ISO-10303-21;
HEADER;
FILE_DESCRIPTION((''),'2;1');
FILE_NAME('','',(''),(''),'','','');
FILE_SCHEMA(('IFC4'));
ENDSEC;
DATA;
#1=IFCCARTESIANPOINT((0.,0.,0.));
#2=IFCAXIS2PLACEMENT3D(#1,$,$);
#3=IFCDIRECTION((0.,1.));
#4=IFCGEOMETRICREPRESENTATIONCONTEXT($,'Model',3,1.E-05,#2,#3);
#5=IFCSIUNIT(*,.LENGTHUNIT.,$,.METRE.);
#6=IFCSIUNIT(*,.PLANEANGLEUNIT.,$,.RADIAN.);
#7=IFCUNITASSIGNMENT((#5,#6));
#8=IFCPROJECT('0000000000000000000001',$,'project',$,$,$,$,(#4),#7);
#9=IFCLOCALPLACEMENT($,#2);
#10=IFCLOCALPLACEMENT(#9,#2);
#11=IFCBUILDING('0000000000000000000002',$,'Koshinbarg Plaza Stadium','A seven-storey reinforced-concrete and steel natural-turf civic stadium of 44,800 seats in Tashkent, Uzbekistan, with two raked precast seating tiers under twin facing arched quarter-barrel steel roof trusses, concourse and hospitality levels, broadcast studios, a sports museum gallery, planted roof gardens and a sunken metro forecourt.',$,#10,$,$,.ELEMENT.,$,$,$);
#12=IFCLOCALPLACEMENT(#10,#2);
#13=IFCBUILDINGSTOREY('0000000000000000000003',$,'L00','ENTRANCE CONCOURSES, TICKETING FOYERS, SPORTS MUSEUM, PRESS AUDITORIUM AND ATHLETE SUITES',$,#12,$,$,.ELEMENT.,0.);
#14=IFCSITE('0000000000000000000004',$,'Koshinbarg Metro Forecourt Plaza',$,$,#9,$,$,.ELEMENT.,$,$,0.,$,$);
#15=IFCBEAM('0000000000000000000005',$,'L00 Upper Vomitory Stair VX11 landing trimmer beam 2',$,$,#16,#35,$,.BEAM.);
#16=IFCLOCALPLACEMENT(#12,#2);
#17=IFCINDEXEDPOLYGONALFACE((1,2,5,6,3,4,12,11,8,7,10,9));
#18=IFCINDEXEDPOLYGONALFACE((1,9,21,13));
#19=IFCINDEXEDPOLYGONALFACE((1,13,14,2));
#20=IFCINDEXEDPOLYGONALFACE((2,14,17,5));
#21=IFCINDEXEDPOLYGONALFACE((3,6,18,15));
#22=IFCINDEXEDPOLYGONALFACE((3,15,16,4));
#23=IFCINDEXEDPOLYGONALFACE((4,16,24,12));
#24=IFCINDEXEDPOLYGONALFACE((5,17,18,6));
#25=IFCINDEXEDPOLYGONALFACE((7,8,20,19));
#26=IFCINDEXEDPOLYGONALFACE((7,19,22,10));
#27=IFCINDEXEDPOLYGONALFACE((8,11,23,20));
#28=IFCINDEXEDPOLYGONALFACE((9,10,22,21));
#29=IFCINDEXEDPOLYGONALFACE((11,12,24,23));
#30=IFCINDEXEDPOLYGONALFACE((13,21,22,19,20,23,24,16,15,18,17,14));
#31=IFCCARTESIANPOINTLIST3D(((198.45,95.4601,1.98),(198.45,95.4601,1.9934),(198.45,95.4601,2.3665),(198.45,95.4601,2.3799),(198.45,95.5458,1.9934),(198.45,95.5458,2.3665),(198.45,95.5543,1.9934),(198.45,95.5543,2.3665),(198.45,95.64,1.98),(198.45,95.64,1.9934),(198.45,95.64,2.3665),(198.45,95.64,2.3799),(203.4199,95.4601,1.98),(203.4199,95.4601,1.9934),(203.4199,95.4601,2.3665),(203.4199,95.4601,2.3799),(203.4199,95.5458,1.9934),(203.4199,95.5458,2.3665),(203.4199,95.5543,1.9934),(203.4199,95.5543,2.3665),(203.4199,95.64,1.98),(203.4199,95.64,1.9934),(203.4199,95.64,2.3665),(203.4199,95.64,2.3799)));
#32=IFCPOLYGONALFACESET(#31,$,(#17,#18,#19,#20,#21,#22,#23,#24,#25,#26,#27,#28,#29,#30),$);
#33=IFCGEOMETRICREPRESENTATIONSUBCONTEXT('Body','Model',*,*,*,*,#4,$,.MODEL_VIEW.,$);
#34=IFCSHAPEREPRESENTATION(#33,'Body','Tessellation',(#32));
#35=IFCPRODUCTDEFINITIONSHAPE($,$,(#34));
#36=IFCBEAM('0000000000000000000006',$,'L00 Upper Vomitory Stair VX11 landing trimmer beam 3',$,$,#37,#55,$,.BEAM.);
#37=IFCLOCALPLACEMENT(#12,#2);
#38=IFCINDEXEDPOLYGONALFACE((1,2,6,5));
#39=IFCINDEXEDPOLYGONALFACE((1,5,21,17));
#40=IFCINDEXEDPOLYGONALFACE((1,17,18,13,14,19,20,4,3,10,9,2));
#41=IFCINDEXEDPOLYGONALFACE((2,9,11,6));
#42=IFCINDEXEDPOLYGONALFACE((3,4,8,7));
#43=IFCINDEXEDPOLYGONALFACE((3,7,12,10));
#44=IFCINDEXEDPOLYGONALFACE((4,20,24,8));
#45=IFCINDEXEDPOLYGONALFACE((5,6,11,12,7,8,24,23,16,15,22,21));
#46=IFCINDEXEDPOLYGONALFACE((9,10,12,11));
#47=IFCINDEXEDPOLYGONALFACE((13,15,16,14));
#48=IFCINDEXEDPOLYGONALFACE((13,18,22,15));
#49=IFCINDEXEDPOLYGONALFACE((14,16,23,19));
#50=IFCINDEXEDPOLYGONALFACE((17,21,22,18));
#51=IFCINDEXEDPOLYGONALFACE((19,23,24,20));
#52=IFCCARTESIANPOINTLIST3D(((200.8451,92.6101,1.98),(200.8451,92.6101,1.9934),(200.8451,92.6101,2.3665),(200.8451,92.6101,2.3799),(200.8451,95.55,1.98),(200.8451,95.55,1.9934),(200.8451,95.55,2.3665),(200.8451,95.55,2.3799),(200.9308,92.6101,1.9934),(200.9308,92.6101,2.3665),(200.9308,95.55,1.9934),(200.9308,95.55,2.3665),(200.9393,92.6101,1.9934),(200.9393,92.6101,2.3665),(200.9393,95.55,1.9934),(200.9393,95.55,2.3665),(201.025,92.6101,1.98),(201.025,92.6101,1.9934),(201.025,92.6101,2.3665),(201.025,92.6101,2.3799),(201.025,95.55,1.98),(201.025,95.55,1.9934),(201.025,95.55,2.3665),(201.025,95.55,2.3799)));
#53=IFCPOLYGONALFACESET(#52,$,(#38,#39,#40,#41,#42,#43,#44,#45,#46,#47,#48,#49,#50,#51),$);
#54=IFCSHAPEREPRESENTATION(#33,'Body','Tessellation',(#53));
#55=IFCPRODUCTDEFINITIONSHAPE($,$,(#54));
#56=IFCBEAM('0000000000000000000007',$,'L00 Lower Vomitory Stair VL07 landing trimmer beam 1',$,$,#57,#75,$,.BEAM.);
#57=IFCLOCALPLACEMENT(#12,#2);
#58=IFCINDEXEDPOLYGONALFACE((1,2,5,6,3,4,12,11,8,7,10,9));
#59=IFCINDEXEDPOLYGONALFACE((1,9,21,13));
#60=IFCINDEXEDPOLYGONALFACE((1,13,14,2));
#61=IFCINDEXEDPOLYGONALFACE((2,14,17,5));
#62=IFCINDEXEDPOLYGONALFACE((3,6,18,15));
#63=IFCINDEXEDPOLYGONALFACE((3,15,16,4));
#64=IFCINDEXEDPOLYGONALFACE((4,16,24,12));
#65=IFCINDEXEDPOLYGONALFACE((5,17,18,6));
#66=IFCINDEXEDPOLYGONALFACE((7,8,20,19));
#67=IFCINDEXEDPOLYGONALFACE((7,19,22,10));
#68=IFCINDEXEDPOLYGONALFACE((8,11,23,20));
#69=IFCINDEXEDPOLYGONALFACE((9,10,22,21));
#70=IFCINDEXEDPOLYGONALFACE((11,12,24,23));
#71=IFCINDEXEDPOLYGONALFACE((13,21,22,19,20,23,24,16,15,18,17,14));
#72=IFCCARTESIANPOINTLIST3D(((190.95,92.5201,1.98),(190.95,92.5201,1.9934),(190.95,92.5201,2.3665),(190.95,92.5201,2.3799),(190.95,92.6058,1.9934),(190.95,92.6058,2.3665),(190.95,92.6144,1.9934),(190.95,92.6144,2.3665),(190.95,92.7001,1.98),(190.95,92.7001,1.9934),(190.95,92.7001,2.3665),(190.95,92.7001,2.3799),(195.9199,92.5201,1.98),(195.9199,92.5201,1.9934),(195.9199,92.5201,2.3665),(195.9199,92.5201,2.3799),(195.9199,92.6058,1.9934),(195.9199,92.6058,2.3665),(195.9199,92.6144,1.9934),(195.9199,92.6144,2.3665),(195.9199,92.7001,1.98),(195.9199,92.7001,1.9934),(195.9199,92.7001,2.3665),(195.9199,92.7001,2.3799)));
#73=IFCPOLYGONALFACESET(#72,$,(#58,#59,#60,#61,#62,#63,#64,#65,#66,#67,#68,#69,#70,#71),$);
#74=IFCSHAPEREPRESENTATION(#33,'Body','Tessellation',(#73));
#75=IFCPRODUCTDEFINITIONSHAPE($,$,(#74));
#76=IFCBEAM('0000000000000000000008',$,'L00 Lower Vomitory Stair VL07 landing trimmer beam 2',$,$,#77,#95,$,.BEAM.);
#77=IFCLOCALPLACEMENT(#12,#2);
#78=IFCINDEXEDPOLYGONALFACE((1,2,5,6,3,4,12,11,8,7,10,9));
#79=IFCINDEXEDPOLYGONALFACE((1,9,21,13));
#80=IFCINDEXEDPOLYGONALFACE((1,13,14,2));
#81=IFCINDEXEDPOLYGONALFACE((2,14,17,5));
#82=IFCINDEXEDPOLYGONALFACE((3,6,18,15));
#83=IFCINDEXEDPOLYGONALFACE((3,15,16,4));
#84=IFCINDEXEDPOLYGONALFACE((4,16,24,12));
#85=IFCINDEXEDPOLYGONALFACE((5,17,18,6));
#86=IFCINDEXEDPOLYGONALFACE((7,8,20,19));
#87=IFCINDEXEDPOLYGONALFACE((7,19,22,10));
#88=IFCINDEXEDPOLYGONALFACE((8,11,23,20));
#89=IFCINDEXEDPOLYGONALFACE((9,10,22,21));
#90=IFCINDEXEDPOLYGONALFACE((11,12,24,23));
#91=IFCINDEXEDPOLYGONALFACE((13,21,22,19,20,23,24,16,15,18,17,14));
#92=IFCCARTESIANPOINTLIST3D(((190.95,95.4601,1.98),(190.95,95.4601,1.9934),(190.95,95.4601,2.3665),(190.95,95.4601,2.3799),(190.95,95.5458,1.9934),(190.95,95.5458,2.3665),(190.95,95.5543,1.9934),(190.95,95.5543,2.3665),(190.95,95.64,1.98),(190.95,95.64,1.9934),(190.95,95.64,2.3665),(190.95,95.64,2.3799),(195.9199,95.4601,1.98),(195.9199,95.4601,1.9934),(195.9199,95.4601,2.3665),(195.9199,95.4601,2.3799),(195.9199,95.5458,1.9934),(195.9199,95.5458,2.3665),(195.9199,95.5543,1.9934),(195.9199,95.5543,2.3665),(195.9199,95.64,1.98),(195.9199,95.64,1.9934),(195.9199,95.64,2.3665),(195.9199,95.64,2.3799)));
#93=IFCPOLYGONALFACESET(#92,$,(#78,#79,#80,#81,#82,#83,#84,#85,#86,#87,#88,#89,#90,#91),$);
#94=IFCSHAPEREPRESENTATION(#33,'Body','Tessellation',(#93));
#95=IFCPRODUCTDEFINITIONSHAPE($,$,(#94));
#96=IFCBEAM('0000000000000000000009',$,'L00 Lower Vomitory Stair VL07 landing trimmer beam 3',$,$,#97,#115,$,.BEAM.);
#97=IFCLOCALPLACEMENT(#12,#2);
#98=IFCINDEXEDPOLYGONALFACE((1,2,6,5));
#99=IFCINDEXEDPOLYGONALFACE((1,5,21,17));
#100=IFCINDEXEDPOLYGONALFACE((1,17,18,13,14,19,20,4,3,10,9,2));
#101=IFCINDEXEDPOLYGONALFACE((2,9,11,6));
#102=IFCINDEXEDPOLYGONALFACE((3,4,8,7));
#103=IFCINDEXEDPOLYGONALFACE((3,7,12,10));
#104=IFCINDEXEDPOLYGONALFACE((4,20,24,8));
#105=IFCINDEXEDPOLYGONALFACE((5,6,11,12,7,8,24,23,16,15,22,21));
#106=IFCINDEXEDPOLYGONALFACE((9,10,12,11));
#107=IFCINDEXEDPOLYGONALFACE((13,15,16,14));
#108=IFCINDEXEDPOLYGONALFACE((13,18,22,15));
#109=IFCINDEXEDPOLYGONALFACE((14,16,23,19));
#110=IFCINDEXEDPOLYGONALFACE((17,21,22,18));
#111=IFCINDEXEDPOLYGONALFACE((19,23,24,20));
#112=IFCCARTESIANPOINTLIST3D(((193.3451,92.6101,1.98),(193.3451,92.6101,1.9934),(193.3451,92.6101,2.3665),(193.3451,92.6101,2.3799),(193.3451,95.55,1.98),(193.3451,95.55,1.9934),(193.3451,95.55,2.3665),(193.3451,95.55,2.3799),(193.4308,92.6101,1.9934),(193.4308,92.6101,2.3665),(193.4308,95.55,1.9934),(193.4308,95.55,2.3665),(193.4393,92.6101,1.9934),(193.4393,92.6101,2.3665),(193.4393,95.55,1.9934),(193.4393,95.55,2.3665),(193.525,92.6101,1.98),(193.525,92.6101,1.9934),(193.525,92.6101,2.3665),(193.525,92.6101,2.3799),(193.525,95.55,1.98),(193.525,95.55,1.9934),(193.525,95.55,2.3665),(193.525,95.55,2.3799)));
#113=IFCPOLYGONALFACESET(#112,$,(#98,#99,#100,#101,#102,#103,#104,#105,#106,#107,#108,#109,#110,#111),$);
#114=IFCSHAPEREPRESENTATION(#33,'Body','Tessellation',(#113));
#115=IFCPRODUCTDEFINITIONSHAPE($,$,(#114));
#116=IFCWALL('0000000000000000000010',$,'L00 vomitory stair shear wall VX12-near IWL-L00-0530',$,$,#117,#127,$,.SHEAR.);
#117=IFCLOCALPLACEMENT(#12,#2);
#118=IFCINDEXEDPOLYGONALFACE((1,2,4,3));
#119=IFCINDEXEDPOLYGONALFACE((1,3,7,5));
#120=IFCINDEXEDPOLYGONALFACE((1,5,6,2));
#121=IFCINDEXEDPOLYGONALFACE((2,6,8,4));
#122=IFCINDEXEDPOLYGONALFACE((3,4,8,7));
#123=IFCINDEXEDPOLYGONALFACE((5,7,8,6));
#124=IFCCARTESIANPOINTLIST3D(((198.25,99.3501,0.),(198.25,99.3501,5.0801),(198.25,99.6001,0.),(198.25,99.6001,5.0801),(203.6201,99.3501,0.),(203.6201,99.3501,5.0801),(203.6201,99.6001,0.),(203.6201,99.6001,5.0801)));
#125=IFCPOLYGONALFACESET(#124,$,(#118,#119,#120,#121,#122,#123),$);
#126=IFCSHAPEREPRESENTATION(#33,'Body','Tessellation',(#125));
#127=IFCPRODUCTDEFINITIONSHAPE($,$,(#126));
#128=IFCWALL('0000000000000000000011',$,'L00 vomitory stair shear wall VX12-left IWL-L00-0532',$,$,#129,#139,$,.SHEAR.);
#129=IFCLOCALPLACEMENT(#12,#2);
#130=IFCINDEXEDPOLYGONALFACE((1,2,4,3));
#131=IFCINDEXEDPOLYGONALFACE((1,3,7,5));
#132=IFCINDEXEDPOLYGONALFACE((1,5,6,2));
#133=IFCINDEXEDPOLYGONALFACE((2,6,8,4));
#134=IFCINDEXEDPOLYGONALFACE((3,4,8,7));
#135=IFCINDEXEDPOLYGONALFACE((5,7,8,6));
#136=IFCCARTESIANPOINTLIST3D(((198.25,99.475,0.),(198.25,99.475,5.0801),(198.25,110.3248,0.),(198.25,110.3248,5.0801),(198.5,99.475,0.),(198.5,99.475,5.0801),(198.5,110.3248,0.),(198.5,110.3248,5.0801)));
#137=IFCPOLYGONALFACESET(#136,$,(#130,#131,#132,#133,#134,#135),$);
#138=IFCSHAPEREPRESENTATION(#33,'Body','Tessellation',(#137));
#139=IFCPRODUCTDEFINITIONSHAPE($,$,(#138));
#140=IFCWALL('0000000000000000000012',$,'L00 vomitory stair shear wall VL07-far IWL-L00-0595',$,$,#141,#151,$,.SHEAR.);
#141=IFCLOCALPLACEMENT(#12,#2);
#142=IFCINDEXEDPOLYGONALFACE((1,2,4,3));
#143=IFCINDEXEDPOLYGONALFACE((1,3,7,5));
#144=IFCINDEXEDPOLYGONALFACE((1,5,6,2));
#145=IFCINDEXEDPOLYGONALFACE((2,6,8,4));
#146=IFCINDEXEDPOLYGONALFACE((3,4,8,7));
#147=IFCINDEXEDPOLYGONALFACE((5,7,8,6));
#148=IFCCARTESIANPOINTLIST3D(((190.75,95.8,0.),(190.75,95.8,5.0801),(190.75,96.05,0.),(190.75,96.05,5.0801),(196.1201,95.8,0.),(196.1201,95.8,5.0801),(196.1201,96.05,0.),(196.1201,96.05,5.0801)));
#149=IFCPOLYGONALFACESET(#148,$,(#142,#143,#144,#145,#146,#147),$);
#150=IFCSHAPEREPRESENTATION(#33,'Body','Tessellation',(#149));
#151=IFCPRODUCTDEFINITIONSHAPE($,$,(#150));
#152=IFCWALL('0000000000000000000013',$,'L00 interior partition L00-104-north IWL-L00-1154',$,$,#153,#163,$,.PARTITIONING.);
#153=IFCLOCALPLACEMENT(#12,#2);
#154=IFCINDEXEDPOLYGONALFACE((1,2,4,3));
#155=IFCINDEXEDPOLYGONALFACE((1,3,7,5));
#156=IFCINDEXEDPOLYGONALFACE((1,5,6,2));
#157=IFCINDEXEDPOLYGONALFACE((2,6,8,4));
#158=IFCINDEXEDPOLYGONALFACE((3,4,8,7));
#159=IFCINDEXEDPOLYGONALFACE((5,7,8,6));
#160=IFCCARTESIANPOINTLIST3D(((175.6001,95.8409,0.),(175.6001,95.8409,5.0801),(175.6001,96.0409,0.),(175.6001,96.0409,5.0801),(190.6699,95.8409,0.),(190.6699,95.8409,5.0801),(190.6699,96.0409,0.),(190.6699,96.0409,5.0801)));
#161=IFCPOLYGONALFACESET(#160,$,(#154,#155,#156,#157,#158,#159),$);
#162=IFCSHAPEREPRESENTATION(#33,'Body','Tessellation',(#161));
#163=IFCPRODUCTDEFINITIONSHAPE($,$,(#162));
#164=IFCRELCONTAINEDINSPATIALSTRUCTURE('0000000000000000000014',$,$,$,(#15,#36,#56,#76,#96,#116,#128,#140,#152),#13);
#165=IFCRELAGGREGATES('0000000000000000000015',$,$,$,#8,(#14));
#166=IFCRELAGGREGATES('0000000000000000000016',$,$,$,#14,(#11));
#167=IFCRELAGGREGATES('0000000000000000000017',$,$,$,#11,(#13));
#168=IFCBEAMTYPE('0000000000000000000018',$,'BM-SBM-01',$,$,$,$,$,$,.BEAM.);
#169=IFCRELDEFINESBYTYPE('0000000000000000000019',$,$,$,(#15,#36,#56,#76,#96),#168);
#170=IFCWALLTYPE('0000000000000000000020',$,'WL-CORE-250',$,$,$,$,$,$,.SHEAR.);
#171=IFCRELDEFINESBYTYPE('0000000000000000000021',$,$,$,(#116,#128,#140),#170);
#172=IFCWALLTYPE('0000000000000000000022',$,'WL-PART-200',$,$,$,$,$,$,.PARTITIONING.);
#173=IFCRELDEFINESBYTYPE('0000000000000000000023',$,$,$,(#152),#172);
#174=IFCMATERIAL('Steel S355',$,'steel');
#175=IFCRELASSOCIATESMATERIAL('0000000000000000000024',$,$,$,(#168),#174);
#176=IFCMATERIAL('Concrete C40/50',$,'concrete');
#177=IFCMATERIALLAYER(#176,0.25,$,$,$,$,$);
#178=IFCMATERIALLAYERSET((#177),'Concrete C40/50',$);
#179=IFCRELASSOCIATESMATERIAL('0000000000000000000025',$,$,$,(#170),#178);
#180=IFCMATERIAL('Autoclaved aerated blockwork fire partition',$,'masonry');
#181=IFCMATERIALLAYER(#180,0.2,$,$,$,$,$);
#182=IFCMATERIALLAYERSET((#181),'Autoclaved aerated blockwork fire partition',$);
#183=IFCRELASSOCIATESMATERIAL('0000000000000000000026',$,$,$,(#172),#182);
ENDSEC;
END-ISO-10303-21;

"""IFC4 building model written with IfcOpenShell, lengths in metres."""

from ifc_helpers import new_model, si_unit, direction, frame, frame_2d, origin, origin_2d, place, context, subcontext, project, spatial, rectangle, i_section, extrude, material, layer, layer_set, material_profile, profile_set, type_object, element, save


model = new_model("IFC4")

# Units and contexts
model_context = context("Model", 3, precision=1e-05, world=origin(), true_north=direction((0.0, 1.0)))
body_context = subcontext(model_context, "Body", "Model", "MODEL_VIEW")
ifc_project = project(units=[si_unit("LENGTHUNIT", "METRE"), si_unit("PLANEANGLEUNIT", "RADIAN")], contexts=[model_context])

# Site, building, storey
site_placement = place(None, origin())
site = spatial("IfcSite", under=ifc_project, at=site_placement, Name="Koshinbarg Metro Forecourt Plaza", CompositionType="ELEMENT", RefElevation=0.0)
building_placement = place(site_placement, origin())
building = spatial("IfcBuilding", under=site, at=building_placement, Name="Koshinbarg Plaza Stadium", Description="A seven-storey reinforced-concrete and steel natural-turf civic stadium of 44,800 seats in Tashkent, Uzbekistan, with two raked precast seating tiers under twin facing arched quarter-barrel steel roof trusses, concourse and hospitality levels, broadcast studios, a sports museum gallery, planted roof gardens and a sunken metro forecourt.", CompositionType="ELEMENT")
storey_placement = place(building_placement, origin())
storey = spatial("IfcBuildingStorey", under=building, at=storey_placement, Name="L00", Description="ENTRANCE CONCOURSES, TICKETING FOYERS, SPORTS MUSEUM, PRESS AUDITORIUM AND ATHLETE SUITES", CompositionType="ELEMENT", Elevation=0.0)

# Shared definitions
ifc_material_1 = material(Name="Concrete C40/50", Category="concrete")

# Beams
ifc_material_2 = material(Name="Steel S355", Category="steel")
ifc_material_profile_1 = material_profile(ifc_material_2, i_section(OverallWidth=0.1799, OverallDepth=0.3999, WebThickness=0.0085, FlangeThickness=0.0134, at=origin_2d()), Name="IPE 400")
ifc_profile_set_1 = profile_set([ifc_material_profile_1], Name="Steel S355")
beam_type = type_object("IfcBeamType", Name="BM-SBM-01", PredefinedType="BEAM", material=ifc_profile_set_1)
for number, where, z_axis, x_axis, name in (
    (1, (198.45, 95.55, 2.1799), (1.0, 0.0, 0.0), (0.0, 1.0, 0.0), "L00 Upper Vomitory Stair VX11 landing trimmer beam 2"),
):
    element("IfcBeam", number, at=place(storey_placement, frame(where, z_axis=z_axis, x_axis=x_axis)), inside=storey, type_object=beam_type, Name=name, PredefinedType="BEAM", context=body_context, shape_type="SweptSolid", body=[
        extrude(i_section(OverallWidth=0.1799, OverallDepth=0.3999, WebThickness=0.0085, FlangeThickness=0.0134, at=origin_2d()), origin(), (0.0, 0.0, 1.0), 4.97),
    ])
beam_1_placement = place(storey_placement, frame((200.9351, 92.6101, 2.1799), z_axis=(0.0, 1.0, 0.0), x_axis=(-1.0, 0.0, 0.0)))
element("IfcBeam", 2, at=beam_1_placement, inside=storey, type_object=beam_type, Name="L00 Upper Vomitory Stair VX11 landing trimmer beam 3", PredefinedType="BEAM", context=body_context, shape_type="SweptSolid", body=[
    extrude(i_section(OverallWidth=0.1799, OverallDepth=0.3999, WebThickness=0.0085, FlangeThickness=0.0134, at=origin_2d()), origin(), (0.0, 0.0, 1.0), 2.9399),
])
for number, where, z_axis, x_axis, name in (
    (3, (190.95, 92.6101, 2.1799), (1.0, 0.0, 0.0), (0.0, 1.0, 0.0), "L00 Lower Vomitory Stair VL07 landing trimmer beam 1"),
    (4, (190.95, 95.55, 2.1799), (1.0, 0.0, 0.0), (0.0, 1.0, 0.0), "L00 Lower Vomitory Stair VL07 landing trimmer beam 2"),
):
    element("IfcBeam", number, at=place(storey_placement, frame(where, z_axis=z_axis, x_axis=x_axis)), inside=storey, type_object=beam_type, Name=name, PredefinedType="BEAM", context=body_context, shape_type="SweptSolid", body=[
        extrude(i_section(OverallWidth=0.1799, OverallDepth=0.3999, WebThickness=0.0085, FlangeThickness=0.0134, at=origin_2d()), origin(), (0.0, 0.0, 1.0), 4.97),
    ])
beam_2_placement = place(storey_placement, frame((193.4351, 92.6101, 2.1799), z_axis=(0.0, 1.0, 0.0), x_axis=(-1.0, 0.0, 0.0)))
element("IfcBeam", 5, at=beam_2_placement, inside=storey, type_object=beam_type, Name="L00 Lower Vomitory Stair VL07 landing trimmer beam 3", PredefinedType="BEAM", context=body_context, shape_type="SweptSolid", body=[
    extrude(i_section(OverallWidth=0.1799, OverallDepth=0.3999, WebThickness=0.0085, FlangeThickness=0.0134, at=origin_2d()), origin(), (0.0, 0.0, 1.0), 2.9399),
])

# Walls
ifc_layer_1 = layer(ifc_material_1, 0.25)
ifc_layer_set_1 = layer_set([ifc_layer_1], Name="Concrete C40/50")
wall_type_1 = type_object("IfcWallType", Name="WL-CORE-250", PredefinedType="SHEAR", material=ifc_layer_set_1)
wall_1_placement = place(storey_placement, frame((198.25, 99.4751, 0.0), z_axis=(0.0, 0.0, 1.0), x_axis=(1.0, 0.0, 0.0)))
element("IfcWall", 6, at=wall_1_placement, inside=storey, type_object=wall_type_1, Name="L00 vomitory stair shear wall VX12-near IWL-L00-0530", PredefinedType="SHEAR", context=body_context, shape_type="SweptSolid", body=[
    extrude(rectangle(XDim=5.3701, YDim=0.25, at=frame_2d((2.6851, 0.0))), origin(), (0.0, 0.0, 1.0), 5.0801),
])
wall_2_placement = place(storey_placement, frame((198.375, 99.4751, 0.0), z_axis=(0.0, 0.0, 1.0), x_axis=(0.0, 1.0, 0.0)))
element("IfcWall", 7, at=wall_2_placement, inside=storey, type_object=wall_type_1, Name="L00 vomitory stair shear wall VX12-left IWL-L00-0532", PredefinedType="SHEAR", context=body_context, shape_type="SweptSolid", body=[
    extrude(rectangle(XDim=10.8499, YDim=0.25, at=frame_2d((5.4248, 0.0))), origin(), (0.0, 0.0, 1.0), 5.0801),
])
wall_3_placement = place(storey_placement, frame((196.1201, 95.925, 0.0), z_axis=(0.0, 0.0, 1.0), x_axis=(-1.0, 0.0, 0.0)))
element("IfcWall", 8, at=wall_3_placement, inside=storey, type_object=wall_type_1, Name="L00 vomitory stair shear wall VL07-far IWL-L00-0595", PredefinedType="SHEAR", context=body_context, shape_type="SweptSolid", body=[
    extrude(rectangle(XDim=5.3701, YDim=0.25, at=frame_2d((2.6851, 0.0))), origin(), (0.0, 0.0, 1.0), 5.0801),
])
ifc_material_3 = material(Name="Autoclaved aerated blockwork fire partition", Category="masonry")
ifc_layer_2 = layer(ifc_material_3, 0.2)
ifc_layer_set_2 = layer_set([ifc_layer_2], Name="Autoclaved aerated blockwork fire partition")
wall_type_2 = type_object("IfcWallType", Name="WL-PART-200", PredefinedType="PARTITIONING", material=ifc_layer_set_2)
wall_4_placement = place(storey_placement, frame((190.6699, 95.9409, 0.0), z_axis=(0.0, 0.0, 1.0), x_axis=(-1.0, 0.0, 0.0)))
element("IfcWall", 9, at=wall_4_placement, inside=storey, type_object=wall_type_2, Name="L00 interior partition L00-104-north IWL-L00-1154", PredefinedType="PARTITIONING", context=body_context, shape_type="SweptSolid", body=[
    extrude(rectangle(XDim=15.0698, YDim=0.2, at=frame_2d((7.5349, 0.0))), origin(), (0.0, 0.0, 1.0), 5.0801),
])

save(model, "model.ifc")
